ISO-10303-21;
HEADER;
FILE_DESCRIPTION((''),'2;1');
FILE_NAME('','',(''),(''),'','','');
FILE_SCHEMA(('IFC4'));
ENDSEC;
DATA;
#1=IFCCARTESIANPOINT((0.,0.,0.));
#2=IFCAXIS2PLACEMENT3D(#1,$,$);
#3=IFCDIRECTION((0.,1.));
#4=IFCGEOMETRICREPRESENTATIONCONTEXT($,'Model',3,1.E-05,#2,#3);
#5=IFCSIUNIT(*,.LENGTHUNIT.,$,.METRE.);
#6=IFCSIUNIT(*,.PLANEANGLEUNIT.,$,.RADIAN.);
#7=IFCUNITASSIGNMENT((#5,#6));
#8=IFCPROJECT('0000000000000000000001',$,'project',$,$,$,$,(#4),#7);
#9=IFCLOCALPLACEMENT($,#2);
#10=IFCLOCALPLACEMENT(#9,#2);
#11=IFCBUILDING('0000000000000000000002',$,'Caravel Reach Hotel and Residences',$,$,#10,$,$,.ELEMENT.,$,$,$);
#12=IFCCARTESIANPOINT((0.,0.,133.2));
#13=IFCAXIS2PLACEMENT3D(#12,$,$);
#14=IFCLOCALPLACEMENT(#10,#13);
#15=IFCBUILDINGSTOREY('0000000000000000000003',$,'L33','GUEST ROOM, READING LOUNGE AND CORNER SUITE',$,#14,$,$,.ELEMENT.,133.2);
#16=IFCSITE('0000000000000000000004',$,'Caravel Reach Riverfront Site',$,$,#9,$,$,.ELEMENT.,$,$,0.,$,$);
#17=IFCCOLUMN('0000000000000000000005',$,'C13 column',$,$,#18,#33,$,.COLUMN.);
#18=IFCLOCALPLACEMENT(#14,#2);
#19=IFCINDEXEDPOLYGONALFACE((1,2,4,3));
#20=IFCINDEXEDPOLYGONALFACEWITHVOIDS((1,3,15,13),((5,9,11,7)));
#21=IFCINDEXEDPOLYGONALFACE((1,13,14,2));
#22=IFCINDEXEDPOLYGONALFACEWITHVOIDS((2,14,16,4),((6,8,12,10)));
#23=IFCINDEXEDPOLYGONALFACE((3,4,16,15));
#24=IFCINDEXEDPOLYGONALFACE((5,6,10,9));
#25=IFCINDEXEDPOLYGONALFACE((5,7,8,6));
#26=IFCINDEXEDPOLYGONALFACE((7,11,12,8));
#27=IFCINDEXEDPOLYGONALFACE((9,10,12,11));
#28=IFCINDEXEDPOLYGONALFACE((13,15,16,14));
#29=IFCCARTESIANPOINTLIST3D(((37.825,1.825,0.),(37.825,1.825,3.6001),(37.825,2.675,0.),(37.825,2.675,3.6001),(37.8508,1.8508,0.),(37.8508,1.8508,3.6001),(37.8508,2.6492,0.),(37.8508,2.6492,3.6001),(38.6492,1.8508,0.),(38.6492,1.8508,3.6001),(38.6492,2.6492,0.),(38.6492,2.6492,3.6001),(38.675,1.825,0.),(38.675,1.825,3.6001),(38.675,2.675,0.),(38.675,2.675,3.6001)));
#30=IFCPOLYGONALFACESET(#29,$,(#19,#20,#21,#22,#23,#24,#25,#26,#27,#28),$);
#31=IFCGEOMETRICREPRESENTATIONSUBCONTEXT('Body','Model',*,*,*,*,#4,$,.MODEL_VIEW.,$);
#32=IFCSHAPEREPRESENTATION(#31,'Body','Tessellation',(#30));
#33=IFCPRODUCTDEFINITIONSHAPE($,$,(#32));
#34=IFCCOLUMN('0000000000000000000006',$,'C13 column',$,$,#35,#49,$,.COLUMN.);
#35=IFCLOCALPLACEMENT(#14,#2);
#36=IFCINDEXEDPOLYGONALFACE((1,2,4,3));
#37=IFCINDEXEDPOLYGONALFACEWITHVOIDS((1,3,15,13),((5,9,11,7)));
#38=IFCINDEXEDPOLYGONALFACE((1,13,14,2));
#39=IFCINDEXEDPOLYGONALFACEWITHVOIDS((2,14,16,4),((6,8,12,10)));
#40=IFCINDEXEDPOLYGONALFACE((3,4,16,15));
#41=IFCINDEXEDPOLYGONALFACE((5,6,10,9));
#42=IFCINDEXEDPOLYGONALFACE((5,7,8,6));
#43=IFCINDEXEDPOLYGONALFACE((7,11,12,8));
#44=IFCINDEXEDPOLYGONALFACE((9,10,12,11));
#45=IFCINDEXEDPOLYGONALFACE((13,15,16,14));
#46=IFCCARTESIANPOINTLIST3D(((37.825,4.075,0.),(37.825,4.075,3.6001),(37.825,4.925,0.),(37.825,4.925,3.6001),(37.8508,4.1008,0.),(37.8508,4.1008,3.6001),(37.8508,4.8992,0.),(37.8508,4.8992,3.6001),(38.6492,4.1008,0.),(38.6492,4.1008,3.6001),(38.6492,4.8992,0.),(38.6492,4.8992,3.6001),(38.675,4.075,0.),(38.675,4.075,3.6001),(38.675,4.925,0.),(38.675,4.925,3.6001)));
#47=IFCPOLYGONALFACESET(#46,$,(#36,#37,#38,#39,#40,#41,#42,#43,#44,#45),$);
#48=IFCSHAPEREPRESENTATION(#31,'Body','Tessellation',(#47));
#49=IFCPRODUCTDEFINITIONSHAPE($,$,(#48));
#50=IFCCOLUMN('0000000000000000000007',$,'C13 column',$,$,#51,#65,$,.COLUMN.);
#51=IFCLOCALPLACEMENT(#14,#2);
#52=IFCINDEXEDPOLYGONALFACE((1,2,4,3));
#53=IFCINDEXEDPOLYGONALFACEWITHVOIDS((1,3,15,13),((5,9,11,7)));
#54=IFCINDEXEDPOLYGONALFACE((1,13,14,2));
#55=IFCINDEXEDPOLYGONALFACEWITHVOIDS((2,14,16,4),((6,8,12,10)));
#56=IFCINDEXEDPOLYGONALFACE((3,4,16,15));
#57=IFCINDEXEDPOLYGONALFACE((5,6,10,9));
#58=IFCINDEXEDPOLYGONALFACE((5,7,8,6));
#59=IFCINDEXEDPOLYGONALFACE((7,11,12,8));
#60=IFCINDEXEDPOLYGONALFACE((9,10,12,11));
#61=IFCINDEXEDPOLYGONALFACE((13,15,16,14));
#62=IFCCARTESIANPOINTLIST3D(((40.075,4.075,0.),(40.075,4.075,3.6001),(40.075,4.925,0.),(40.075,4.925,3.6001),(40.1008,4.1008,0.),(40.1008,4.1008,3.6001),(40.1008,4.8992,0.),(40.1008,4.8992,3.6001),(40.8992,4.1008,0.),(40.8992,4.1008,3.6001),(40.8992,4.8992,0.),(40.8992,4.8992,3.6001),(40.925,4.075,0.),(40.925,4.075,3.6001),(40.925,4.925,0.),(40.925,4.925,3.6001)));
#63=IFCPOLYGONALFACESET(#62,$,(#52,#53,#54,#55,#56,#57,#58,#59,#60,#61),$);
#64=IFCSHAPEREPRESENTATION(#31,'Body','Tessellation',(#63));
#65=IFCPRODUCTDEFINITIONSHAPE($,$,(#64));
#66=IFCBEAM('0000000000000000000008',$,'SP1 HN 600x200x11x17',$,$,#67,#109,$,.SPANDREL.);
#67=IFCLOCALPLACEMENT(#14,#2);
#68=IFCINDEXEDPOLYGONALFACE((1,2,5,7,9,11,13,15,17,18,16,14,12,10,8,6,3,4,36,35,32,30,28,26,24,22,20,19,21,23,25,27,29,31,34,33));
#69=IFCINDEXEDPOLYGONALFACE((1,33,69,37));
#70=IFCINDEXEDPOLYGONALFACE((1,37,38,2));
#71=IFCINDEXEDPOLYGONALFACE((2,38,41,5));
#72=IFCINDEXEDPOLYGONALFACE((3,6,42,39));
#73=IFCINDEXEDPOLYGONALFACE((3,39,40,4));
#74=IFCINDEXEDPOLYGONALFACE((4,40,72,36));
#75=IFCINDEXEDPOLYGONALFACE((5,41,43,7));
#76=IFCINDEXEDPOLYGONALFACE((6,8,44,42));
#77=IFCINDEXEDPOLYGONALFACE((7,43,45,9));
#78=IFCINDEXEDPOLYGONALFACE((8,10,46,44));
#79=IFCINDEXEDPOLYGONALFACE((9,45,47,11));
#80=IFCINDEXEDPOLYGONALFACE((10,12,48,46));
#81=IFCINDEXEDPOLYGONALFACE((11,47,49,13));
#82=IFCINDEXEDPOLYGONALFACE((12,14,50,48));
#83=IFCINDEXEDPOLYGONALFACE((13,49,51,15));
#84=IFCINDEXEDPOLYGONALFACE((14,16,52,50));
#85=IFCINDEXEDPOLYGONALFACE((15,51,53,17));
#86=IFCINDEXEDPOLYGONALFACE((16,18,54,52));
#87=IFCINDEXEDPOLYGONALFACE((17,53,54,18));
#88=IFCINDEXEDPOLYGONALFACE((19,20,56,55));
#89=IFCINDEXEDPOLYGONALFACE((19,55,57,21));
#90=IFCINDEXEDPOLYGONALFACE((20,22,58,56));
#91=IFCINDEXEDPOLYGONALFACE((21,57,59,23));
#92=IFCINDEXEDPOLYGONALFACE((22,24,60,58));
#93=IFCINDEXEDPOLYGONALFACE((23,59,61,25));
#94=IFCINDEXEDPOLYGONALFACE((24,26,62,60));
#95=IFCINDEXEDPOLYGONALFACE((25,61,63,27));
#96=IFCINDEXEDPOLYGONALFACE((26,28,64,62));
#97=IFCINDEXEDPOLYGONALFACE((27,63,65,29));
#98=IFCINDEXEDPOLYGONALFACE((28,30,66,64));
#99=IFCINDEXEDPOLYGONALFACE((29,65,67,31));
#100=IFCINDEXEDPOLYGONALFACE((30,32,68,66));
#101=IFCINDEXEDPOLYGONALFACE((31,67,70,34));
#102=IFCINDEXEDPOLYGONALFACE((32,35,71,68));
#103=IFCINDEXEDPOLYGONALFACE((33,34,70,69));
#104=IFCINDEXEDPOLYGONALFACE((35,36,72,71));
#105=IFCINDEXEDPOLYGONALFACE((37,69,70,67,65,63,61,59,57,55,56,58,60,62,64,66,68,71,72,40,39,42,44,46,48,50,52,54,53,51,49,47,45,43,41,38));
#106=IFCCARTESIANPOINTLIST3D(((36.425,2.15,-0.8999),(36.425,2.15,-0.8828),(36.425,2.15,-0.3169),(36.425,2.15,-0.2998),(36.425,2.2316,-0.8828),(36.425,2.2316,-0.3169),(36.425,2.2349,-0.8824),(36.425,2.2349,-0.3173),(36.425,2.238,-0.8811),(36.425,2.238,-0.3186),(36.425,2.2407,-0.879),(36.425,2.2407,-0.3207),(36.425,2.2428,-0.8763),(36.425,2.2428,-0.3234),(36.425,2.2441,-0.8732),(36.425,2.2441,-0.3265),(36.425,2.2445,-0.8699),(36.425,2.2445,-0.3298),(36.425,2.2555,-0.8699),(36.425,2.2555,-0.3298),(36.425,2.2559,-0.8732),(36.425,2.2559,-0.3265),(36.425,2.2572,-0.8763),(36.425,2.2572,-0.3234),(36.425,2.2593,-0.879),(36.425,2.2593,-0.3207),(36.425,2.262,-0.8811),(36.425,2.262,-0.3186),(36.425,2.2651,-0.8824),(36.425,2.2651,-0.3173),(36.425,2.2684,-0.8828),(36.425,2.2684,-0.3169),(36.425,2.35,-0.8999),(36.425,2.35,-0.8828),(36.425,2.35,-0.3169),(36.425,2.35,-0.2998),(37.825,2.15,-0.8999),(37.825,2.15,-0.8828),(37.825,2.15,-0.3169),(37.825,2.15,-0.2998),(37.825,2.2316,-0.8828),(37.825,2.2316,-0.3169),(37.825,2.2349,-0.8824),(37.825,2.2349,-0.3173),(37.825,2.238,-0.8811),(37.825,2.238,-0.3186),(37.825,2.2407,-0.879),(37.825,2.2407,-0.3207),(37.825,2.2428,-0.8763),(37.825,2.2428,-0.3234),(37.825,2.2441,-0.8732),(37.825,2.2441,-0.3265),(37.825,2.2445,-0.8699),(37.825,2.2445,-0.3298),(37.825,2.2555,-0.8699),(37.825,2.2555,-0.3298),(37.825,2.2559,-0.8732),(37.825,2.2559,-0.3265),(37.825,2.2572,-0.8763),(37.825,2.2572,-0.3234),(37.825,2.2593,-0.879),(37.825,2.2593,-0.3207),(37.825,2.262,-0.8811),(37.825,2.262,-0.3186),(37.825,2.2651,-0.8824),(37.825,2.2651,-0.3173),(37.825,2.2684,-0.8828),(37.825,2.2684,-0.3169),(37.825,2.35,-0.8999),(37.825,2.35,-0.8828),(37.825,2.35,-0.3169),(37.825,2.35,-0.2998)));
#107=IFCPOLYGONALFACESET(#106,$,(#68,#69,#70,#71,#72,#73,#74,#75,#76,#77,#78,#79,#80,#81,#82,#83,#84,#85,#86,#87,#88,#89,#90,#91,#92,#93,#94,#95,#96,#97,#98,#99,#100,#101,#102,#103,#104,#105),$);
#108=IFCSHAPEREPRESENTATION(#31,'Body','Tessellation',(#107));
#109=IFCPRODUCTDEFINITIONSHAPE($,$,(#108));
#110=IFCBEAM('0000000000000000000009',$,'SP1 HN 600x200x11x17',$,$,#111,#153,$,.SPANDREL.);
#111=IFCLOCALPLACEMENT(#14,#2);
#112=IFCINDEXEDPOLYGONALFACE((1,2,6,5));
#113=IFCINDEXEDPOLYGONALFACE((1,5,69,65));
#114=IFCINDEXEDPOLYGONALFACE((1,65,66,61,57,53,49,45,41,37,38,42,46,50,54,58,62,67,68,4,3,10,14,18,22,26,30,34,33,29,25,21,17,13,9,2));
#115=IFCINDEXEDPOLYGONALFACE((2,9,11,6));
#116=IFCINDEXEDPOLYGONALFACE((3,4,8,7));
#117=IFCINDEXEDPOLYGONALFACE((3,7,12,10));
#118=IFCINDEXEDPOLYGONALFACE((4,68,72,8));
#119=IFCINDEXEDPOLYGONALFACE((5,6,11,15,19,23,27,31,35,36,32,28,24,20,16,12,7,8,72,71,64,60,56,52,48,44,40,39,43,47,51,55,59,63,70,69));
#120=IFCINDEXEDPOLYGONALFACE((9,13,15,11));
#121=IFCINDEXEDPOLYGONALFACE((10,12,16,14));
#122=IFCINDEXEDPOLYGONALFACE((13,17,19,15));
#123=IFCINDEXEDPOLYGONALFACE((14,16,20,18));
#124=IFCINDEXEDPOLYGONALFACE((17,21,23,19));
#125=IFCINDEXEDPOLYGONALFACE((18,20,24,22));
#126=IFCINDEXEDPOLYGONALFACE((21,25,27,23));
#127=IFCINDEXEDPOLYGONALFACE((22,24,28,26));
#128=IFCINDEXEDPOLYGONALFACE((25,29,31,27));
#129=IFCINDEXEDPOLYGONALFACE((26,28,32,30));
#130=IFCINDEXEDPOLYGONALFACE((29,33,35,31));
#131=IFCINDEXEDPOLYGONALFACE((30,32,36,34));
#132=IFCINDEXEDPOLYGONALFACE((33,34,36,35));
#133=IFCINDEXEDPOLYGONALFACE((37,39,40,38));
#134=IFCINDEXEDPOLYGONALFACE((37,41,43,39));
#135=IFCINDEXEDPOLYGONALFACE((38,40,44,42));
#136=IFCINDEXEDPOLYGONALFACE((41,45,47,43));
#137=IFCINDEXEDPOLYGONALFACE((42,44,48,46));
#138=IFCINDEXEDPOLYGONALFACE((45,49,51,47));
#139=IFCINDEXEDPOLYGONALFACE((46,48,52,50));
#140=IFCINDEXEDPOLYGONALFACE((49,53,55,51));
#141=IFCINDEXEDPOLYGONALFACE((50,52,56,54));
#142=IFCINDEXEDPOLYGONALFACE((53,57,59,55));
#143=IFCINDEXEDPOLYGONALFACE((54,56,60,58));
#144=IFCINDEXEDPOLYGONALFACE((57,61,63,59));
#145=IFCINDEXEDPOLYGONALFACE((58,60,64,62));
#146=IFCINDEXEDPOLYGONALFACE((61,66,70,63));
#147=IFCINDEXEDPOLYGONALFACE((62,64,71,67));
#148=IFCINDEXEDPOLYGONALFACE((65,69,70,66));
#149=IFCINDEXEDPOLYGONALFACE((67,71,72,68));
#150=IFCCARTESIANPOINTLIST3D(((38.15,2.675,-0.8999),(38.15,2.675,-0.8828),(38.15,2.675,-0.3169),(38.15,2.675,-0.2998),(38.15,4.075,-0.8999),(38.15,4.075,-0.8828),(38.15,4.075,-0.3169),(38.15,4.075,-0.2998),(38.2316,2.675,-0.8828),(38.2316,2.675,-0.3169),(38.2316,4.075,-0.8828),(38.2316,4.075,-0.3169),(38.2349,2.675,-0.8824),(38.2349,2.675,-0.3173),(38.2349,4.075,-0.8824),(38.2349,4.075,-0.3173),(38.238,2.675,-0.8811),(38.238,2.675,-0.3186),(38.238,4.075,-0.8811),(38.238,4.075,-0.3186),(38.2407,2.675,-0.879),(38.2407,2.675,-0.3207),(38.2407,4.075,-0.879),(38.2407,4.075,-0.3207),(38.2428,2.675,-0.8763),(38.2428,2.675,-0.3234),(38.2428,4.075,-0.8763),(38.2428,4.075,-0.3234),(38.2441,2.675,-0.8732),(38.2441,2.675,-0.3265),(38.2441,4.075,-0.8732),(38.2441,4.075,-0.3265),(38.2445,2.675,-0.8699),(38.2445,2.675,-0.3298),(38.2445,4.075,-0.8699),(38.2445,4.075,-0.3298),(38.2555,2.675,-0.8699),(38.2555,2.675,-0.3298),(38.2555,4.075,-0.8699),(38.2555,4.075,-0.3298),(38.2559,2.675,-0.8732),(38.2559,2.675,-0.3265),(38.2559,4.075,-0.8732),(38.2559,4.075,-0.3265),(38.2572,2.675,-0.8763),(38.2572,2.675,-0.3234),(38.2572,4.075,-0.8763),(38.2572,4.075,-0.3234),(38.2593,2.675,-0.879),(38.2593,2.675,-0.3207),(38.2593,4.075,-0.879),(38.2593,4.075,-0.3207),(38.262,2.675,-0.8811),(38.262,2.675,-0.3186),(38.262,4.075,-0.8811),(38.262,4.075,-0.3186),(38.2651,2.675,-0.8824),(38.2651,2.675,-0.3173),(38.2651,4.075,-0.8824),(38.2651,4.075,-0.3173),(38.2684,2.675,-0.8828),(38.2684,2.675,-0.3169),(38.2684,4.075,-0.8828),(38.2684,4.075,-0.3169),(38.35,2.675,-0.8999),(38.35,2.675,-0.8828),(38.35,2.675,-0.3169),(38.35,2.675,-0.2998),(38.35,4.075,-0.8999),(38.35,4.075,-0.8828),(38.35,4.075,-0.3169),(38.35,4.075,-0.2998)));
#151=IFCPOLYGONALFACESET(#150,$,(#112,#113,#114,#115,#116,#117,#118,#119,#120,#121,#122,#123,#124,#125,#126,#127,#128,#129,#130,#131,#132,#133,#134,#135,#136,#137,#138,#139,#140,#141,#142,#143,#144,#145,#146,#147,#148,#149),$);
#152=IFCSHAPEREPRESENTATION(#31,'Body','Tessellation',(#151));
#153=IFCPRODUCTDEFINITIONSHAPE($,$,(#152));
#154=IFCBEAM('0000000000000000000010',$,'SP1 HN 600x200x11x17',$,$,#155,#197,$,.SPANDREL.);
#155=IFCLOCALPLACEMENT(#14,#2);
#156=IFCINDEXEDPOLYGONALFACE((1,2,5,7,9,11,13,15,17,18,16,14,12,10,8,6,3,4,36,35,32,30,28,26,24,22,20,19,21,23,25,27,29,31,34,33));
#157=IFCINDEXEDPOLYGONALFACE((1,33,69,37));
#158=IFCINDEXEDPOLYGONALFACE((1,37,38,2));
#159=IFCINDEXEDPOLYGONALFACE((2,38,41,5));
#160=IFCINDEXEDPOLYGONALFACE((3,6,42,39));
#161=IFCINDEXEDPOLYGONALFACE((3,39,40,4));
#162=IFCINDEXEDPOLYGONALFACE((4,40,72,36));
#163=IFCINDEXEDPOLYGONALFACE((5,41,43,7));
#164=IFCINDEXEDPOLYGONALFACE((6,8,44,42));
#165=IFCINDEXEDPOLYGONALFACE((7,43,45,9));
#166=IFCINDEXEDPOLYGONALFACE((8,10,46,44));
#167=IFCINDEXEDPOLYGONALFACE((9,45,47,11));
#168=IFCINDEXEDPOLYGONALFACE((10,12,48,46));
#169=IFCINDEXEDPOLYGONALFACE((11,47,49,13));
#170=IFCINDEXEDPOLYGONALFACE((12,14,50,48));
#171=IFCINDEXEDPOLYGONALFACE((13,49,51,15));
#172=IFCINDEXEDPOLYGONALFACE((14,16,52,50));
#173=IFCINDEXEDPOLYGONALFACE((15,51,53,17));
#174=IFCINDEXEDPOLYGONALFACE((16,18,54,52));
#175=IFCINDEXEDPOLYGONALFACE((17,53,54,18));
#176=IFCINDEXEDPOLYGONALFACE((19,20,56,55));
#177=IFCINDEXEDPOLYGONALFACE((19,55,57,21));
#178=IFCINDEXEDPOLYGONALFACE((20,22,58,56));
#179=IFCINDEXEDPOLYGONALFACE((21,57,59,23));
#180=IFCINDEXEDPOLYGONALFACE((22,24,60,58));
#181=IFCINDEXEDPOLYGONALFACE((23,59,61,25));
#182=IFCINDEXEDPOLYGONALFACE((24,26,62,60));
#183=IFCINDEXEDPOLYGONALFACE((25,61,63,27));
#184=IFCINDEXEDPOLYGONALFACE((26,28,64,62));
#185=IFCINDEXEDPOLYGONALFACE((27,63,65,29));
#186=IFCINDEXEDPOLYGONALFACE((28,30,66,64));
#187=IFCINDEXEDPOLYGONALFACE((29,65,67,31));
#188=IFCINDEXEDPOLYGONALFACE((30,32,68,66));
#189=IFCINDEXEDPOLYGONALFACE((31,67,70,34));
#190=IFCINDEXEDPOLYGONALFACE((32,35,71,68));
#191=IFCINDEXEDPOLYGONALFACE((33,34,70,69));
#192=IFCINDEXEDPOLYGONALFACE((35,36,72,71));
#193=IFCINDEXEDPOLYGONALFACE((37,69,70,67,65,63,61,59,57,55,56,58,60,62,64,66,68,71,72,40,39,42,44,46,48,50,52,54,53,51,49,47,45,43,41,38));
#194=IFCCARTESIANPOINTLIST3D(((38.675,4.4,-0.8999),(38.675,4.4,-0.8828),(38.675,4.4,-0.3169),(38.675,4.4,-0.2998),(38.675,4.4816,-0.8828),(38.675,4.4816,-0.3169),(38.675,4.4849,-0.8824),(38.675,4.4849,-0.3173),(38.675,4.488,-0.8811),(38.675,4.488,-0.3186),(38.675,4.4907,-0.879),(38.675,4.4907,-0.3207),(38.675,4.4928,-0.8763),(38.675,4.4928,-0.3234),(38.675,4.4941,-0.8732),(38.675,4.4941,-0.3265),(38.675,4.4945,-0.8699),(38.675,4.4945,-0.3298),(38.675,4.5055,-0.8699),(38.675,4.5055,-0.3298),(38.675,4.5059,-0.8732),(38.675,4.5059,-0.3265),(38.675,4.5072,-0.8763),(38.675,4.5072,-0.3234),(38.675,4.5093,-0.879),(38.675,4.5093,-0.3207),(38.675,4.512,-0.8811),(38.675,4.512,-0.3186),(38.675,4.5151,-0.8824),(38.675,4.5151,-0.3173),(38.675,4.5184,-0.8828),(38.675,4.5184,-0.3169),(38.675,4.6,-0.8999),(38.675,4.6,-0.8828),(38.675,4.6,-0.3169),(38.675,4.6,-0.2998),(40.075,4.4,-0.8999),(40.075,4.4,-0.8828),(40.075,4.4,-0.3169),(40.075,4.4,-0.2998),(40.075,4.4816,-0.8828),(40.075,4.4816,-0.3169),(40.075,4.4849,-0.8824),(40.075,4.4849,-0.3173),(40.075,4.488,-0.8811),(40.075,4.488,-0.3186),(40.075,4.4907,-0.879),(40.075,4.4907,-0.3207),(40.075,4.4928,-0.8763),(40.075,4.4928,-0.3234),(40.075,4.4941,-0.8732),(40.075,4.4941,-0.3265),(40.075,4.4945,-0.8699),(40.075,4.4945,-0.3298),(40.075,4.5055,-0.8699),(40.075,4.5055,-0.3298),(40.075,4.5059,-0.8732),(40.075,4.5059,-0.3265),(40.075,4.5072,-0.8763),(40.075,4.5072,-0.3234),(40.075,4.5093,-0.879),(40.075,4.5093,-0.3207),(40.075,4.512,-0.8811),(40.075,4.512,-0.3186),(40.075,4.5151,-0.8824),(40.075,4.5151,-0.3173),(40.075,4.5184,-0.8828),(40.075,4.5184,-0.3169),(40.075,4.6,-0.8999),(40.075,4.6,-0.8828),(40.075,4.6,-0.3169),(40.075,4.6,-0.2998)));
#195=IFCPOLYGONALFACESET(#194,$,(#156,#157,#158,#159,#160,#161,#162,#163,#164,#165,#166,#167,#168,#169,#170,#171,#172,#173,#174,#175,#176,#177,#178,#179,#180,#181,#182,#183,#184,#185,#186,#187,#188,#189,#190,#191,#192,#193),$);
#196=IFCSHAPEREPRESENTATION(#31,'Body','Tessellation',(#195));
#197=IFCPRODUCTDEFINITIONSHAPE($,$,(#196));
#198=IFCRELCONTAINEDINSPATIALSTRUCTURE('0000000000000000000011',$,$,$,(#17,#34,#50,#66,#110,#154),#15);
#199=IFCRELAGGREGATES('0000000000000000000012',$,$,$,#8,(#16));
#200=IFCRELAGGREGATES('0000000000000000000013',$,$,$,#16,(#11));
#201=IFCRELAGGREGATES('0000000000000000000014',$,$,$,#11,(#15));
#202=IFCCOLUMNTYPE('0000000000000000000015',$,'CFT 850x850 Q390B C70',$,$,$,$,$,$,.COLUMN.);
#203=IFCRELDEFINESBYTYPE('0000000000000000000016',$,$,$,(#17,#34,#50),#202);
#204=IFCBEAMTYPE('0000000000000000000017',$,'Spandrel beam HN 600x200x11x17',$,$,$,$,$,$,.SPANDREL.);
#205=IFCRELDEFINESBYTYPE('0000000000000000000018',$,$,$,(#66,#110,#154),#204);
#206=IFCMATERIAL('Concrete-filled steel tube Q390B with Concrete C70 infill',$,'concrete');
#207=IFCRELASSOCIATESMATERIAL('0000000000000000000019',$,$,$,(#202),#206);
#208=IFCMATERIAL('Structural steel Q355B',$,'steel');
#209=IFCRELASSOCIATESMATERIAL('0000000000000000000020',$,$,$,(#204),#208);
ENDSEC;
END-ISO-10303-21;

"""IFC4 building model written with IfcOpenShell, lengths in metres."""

from ifc_helpers import new_model, si_unit, direction, frame, origin, origin_2d, place, context, subcontext, project, spatial, hollow_rectangle, i_section, extrude, material, material_profile, profile_set, type_object, element, save


model = new_model("IFC4")

# Units and contexts
model_context = context("Model", 3, precision=1e-05, world=origin(), true_north=direction((0.0, 1.0)))
body_context = subcontext(model_context, "Body", "Model", "MODEL_VIEW")
ifc_project = project(units=[si_unit("LENGTHUNIT", "METRE"), si_unit("PLANEANGLEUNIT", "RADIAN")], contexts=[model_context])

# Site, building, storey
site_placement = place(None, origin())
site = spatial("IfcSite", under=ifc_project, at=site_placement, Name="Caravel Reach Riverfront Site", CompositionType="ELEMENT", RefElevation=0.0)
building_placement = place(site_placement, origin())
building = spatial("IfcBuilding", under=site, at=building_placement, Name="Caravel Reach Hotel and Residences", CompositionType="ELEMENT")
storey_placement = place(building_placement, frame((0.0, 0.0, 133.2)))
storey = spatial("IfcBuildingStorey", under=building, at=storey_placement, Name="L33", Description="GUEST ROOM, READING LOUNGE AND CORNER SUITE", CompositionType="ELEMENT", Elevation=133.2)

# Columns
ifc_material_1 = material(Name="Concrete-filled steel tube Q390B with Concrete C70 infill", Category="concrete")
ifc_material_profile_1 = material_profile(ifc_material_1, hollow_rectangle(XDim=0.8501, YDim=0.8501, WallThickness=0.0259, at=origin_2d()), Name="RHS 850x850x26")
ifc_profile_set_1 = profile_set([ifc_material_profile_1], Name="Concrete-filled steel tube Q390B with Concrete C70 infill")
column_type = type_object("IfcColumnType", Name="CFT 850x850 Q390B C70", PredefinedType="COLUMN", material=ifc_profile_set_1)
for number, where, z_axis, x_axis, name in (
    (1, (38.25, 2.25, 0.0), (0.0, 0.0, 1.0), (1.0, 0.0, 0.0), "C13 column"),
    (2, (38.25, 4.5, 0.0), (0.0, 0.0, 1.0), (1.0, 0.0, 0.0), "C13 column"),
    (3, (40.5, 4.5, 0.0), (0.0, 0.0, 1.0), (1.0, 0.0, 0.0), "C13 column"),
):
    element("IfcColumn", number, at=place(storey_placement, frame(where, z_axis=z_axis, x_axis=x_axis)), inside=storey, type_object=column_type, Name=name, PredefinedType="COLUMN", context=body_context, shape_type="SweptSolid", body=[
        extrude(hollow_rectangle(XDim=0.8501, YDim=0.8501, WallThickness=0.0259, at=origin_2d()), origin(), (0.0, 0.0, 1.0), 3.6001),
    ])

# Beams
ifc_material_2 = material(Name="Structural steel Q355B", Category="steel")
ifc_material_profile_2 = material_profile(ifc_material_2, i_section(OverallWidth=0.2, OverallDepth=0.6001, WebThickness=0.011, FlangeThickness=0.0171, FilletRadius=0.0129, at=origin_2d()), Name="HN 600x200x11x17")
ifc_profile_set_2 = profile_set([ifc_material_profile_2], Name="Structural steel Q355B")
beam_type = type_object("IfcBeamType", Name="Spandrel beam HN 600x200x11x17", PredefinedType="SPANDREL", material=ifc_profile_set_2)
for number, where, z_axis, x_axis, name in (
    (4, (36.425, 2.25, -0.5999), (1.0, 0.0, 0.0), (0.0, 1.0, 0.0), "SP1 HN 600x200x11x17"),
    (5, (38.25, 2.675, -0.5999), (0.0, 1.0, 0.0), (-1.0, 0.0, 0.0), "SP1 HN 600x200x11x17"),
    (6, (38.675, 4.5, -0.5999), (1.0, 0.0, 0.0), (0.0, 1.0, 0.0), "SP1 HN 600x200x11x17"),
):
    element("IfcBeam", number, at=place(storey_placement, frame(where, z_axis=z_axis, x_axis=x_axis)), inside=storey, type_object=beam_type, Name=name, PredefinedType="SPANDREL", context=body_context, shape_type="SweptSolid", body=[
        extrude(i_section(OverallWidth=0.2, OverallDepth=0.6001, WebThickness=0.011, FlangeThickness=0.0171, FilletRadius=0.0129, at=origin_2d()), origin(), (0.0, 0.0, 1.0), 1.3999),
    ])

save(model, "model.ifc")
